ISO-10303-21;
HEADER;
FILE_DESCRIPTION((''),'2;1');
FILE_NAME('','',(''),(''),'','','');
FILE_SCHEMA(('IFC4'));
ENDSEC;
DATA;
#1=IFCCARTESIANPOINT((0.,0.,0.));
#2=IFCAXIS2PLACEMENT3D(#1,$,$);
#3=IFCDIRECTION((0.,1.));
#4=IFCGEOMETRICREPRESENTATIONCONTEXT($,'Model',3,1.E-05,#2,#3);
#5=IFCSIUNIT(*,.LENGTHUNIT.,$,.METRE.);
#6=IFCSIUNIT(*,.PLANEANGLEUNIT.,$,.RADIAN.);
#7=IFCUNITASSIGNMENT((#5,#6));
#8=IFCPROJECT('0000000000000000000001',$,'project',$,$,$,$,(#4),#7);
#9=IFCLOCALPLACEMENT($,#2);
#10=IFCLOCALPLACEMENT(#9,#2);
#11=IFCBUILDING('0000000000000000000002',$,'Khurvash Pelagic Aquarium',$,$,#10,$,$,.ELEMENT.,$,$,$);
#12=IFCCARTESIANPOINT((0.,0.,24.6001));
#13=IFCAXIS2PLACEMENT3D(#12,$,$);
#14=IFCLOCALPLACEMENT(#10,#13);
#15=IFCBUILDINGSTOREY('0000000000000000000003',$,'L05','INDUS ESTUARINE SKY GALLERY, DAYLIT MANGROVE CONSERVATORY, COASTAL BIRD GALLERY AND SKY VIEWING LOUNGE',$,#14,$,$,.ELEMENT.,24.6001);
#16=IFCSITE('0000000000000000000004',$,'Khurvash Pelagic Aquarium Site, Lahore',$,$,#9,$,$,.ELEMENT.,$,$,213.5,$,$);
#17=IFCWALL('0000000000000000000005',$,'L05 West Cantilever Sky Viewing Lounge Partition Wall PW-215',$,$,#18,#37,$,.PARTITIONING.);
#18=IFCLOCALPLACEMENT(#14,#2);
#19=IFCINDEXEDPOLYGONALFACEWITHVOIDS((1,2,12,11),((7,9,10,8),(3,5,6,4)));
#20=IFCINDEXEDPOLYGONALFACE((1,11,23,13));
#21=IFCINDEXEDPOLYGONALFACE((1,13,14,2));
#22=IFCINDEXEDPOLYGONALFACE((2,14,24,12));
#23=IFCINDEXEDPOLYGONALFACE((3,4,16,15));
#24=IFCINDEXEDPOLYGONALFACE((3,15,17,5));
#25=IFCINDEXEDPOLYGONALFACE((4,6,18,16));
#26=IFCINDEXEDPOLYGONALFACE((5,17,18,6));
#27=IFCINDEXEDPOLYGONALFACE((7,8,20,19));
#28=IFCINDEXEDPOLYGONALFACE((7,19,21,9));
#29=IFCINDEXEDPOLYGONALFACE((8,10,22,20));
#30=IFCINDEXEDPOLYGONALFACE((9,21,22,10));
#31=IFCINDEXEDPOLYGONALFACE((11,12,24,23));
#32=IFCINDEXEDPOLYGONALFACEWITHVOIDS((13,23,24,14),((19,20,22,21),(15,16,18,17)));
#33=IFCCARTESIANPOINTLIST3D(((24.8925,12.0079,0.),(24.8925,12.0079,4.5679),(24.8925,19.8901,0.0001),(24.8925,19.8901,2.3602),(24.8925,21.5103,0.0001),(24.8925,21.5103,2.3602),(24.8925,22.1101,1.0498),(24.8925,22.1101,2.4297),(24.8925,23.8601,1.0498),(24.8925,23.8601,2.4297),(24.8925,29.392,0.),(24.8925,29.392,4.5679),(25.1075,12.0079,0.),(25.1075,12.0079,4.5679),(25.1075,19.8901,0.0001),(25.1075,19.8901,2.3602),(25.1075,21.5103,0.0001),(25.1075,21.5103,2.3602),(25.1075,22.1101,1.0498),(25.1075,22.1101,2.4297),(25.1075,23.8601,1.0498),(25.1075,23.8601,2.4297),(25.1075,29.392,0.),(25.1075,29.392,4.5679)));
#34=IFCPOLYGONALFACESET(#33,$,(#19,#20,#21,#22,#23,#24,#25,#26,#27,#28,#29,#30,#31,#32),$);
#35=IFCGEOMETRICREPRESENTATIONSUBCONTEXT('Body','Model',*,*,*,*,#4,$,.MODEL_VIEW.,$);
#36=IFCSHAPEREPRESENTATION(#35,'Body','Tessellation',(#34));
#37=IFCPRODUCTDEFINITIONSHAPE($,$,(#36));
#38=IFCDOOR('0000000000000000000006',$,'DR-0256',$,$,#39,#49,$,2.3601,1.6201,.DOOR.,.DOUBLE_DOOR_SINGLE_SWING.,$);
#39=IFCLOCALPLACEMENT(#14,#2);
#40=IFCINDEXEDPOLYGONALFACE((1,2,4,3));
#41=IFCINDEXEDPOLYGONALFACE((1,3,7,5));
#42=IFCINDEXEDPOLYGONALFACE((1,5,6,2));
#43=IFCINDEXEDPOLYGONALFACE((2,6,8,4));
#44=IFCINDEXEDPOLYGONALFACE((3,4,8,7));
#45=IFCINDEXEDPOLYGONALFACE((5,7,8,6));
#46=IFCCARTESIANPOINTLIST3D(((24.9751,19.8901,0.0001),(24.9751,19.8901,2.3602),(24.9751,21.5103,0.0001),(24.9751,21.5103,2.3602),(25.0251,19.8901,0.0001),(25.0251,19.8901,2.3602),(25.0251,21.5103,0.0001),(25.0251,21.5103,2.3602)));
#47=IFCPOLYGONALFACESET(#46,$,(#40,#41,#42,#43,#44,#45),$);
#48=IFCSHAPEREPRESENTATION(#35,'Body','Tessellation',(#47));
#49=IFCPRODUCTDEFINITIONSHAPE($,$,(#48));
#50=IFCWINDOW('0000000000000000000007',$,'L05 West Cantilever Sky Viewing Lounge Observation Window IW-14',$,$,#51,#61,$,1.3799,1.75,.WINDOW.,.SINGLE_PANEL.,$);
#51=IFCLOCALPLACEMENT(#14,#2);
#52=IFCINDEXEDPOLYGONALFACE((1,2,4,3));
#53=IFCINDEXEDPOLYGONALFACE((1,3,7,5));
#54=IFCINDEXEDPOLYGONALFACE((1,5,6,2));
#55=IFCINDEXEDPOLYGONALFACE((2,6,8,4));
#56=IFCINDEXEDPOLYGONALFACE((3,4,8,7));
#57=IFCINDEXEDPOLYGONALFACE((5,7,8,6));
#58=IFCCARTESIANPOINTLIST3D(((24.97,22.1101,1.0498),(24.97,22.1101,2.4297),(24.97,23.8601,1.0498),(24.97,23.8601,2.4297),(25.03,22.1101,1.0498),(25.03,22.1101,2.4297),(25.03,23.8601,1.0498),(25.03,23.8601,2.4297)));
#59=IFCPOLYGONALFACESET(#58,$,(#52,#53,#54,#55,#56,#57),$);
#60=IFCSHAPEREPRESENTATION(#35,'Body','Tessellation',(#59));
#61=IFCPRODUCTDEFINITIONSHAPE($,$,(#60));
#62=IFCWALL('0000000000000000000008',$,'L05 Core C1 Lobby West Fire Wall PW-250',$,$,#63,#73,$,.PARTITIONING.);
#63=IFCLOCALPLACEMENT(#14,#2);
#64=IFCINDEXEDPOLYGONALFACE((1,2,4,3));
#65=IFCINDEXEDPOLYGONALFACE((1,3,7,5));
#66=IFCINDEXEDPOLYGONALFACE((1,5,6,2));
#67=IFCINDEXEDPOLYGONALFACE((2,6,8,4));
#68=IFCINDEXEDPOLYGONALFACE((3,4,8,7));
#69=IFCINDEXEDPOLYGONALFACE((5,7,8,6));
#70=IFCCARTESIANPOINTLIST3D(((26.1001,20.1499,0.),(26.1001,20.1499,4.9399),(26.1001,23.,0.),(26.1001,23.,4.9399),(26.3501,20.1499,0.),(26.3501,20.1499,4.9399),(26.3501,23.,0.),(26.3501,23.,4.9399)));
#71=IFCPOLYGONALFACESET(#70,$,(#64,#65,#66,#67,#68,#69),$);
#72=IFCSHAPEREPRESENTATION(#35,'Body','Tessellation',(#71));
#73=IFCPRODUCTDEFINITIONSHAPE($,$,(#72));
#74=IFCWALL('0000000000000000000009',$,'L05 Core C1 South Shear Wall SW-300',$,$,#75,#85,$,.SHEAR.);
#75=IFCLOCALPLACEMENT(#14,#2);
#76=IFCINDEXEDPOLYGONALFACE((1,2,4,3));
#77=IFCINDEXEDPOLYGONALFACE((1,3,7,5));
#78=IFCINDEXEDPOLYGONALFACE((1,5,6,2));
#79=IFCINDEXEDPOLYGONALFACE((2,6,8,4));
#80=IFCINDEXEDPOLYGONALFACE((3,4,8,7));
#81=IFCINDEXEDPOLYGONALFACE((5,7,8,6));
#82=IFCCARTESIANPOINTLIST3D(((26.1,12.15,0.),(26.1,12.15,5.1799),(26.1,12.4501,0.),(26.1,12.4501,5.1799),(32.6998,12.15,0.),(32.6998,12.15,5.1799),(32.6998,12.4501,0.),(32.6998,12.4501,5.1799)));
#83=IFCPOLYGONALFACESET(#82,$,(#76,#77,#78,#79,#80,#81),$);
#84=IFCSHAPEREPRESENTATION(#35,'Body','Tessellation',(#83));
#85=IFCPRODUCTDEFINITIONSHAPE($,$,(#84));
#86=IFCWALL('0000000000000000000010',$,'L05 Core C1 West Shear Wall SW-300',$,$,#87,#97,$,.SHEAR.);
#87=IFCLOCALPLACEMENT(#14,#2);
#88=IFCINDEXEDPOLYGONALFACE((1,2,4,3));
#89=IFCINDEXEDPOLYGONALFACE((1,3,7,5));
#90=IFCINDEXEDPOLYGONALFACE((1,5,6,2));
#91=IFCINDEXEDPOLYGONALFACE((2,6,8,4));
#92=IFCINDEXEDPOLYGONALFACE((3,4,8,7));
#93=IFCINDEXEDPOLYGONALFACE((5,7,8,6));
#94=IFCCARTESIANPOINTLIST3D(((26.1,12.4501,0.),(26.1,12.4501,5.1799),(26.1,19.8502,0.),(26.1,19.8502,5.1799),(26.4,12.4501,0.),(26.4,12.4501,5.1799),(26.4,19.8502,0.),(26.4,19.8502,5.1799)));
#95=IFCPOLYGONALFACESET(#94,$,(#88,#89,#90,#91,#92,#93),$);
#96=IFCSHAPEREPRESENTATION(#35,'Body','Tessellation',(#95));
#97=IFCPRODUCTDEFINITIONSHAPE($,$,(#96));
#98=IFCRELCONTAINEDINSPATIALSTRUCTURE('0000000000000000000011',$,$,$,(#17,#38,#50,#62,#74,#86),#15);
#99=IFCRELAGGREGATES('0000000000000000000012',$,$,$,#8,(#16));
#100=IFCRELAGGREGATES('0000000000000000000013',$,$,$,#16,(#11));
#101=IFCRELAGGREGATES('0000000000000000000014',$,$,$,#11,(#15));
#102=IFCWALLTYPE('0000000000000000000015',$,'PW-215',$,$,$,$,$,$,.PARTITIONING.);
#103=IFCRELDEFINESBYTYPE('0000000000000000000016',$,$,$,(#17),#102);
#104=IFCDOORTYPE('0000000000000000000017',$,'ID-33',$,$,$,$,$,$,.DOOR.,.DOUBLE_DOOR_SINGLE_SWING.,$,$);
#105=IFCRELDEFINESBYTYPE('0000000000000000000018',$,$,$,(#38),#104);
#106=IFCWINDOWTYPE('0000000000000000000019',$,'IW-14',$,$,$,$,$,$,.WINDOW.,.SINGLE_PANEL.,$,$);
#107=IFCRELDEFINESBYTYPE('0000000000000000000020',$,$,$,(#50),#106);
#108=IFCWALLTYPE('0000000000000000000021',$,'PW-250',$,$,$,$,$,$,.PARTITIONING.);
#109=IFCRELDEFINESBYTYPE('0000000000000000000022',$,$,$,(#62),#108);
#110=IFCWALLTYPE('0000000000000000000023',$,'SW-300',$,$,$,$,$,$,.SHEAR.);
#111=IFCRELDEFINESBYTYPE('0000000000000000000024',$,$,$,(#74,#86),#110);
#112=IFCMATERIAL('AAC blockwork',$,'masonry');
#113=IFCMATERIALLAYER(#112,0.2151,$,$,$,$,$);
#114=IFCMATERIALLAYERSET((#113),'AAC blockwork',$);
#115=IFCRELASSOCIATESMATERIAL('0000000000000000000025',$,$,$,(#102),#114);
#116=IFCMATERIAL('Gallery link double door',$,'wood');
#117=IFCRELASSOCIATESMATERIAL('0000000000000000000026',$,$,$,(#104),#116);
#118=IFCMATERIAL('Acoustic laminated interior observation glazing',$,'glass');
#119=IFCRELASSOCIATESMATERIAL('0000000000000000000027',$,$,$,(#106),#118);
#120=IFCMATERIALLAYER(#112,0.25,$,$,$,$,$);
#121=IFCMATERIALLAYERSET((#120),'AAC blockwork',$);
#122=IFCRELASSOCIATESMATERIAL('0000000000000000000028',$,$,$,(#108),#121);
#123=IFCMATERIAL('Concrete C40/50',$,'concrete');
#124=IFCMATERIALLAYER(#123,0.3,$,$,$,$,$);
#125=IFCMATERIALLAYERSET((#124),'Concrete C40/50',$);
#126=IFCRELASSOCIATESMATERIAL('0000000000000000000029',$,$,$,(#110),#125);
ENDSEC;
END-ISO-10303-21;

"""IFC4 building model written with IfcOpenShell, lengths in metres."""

from ifc_helpers import new_model, si_unit, direction, frame, frame_2d, origin, place, context, subcontext, project, spatial, rectangle, extrude, material, layer, layer_set, type_object, element, fill, save


model = new_model("IFC4")

# Units and contexts
model_context = context("Model", 3, precision=1e-05, world=origin(), true_north=direction((0.0, 1.0)))
body_context = subcontext(model_context, "Body", "Model", "MODEL_VIEW")
ifc_project = project(units=[si_unit("LENGTHUNIT", "METRE"), si_unit("PLANEANGLEUNIT", "RADIAN")], contexts=[model_context])

# Site, building, storey
site_placement = place(None, origin())
site = spatial("IfcSite", under=ifc_project, at=site_placement, Name="Khurvash Pelagic Aquarium Site, Lahore", CompositionType="ELEMENT", RefElevation=213.5)
building_placement = place(site_placement, origin())
building = spatial("IfcBuilding", under=site, at=building_placement, Name="Khurvash Pelagic Aquarium", CompositionType="ELEMENT")
storey_placement = place(building_placement, frame((0.0, 0.0, 24.6001)))
storey = spatial("IfcBuildingStorey", under=building, at=storey_placement, Name="L05", Description="INDUS ESTUARINE SKY GALLERY, DAYLIT MANGROVE CONSERVATORY, COASTAL BIRD GALLERY AND SKY VIEWING LOUNGE", CompositionType="ELEMENT", Elevation=24.6001)

# Wall, openings, door, window
ifc_material_1 = material(Name="AAC blockwork", Category="masonry")
ifc_layer_1 = layer(ifc_material_1, 0.2151)
ifc_layer_set_1 = layer_set([ifc_layer_1], Name="AAC blockwork")
wall_type_1 = type_object("IfcWallType", Name="PW-215", PredefinedType="PARTITIONING", material=ifc_layer_set_1)
wall_1_placement = place(storey_placement, frame((25.0, 12.0081, 0.0), z_axis=(0.0, 0.0, 1.0), x_axis=(0.0, 1.0, 0.0)))
wall_1 = element("IfcWall", 1, at=wall_1_placement, inside=storey, type_object=wall_type_1, Name="L05 West Cantilever Sky Viewing Lounge Partition Wall PW-215", PredefinedType="PARTITIONING", context=body_context, shape_type="SweptSolid", body=[
    extrude(rectangle(XDim=17.384, YDim=0.2151, at=frame_2d((8.6919, 0.0))), origin(), (0.0, 0.0, 1.0), 4.5679),
])
opening_1_placement = place(wall_1_placement, frame((7.8821, 0.0, 0.0)))
opening_1 = element("IfcOpeningElement", 2, at=opening_1_placement, cuts=wall_1, PredefinedType="OPENING", context=body_context, shape_type="SweptSolid", body=[
    extrude(rectangle(XDim=1.6201, YDim=2.3601, at=frame_2d((0.8101, 1.1802))), frame((0.0, 0.1177, 0.0), z_axis=(0.0, -1.0, 0.0), x_axis=(1.0, 0.0, 0.0)), (0.0, 0.0, 1.0), 0.2351),
])
opening_2_placement = place(wall_1_placement, frame((10.1021, 0.0, 1.0498)))
opening_2 = element("IfcOpeningElement", 3, at=opening_2_placement, cuts=wall_1, PredefinedType="OPENING", context=body_context, shape_type="SweptSolid", body=[
    extrude(rectangle(XDim=1.75, YDim=1.3799, at=frame_2d((0.875, 0.6899))), frame((0.0, 0.1177, 0.0), z_axis=(0.0, -1.0, 0.0), x_axis=(1.0, 0.0, 0.0)), (0.0, 0.0, 1.0), 0.2351),
])
ifc_material_2 = material(Name="Gallery link double door", Category="wood")
door_type_1 = type_object("IfcDoorType", Name="ID-33", OperationType="DOUBLE_DOOR_SINGLE_SWING", PredefinedType="DOOR", material=ifc_material_2)
door_1_placement = place(opening_1_placement, origin())
door_1 = element("IfcDoor", 4, at=door_1_placement, inside=storey, type_object=door_type_1, Name="DR-0256", OperationType="DOUBLE_DOOR_SINGLE_SWING", OverallHeight=2.3601, OverallWidth=1.6201, PredefinedType="DOOR", context=body_context, shape_type="SweptSolid", body=[
    extrude(rectangle(XDim=1.6201, YDim=2.3601, at=frame_2d((0.8101, 1.1802))), frame((0.0, 0.0249, 0.0), z_axis=(0.0, -1.0, 0.0), x_axis=(1.0, 0.0, 0.0)), (0.0, 0.0, 1.0), 0.05),
])
fill(opening_1, door_1)
ifc_material_3 = material(Name="Acoustic laminated interior observation glazing", Category="glass")
window_type = type_object("IfcWindowType", Name="IW-14", PartitioningType="SINGLE_PANEL", PredefinedType="WINDOW", material=ifc_material_3)
window_placement = place(opening_2_placement, origin())
window = element("IfcWindow", 5, at=window_placement, inside=storey, type_object=window_type, Name="L05 West Cantilever Sky Viewing Lounge Observation Window IW-14", OverallHeight=1.3799, OverallWidth=1.75, PartitioningType="SINGLE_PANEL", PredefinedType="WINDOW", context=body_context, shape_type="SweptSolid", body=[
    extrude(rectangle(XDim=1.75, YDim=1.3799, at=frame_2d((0.875, 0.6899))), frame((0.0, 0.03, 0.0), z_axis=(0.0, -1.0, 0.0), x_axis=(1.0, 0.0, 0.0)), (0.0, 0.0, 1.0), 0.0601),
])
fill(opening_2, window)

# Walls
ifc_layer_2 = layer(ifc_material_1, 0.25)
ifc_layer_set_2 = layer_set([ifc_layer_2], Name="AAC blockwork")
wall_type_2 = type_object("IfcWallType", Name="PW-250", PredefinedType="PARTITIONING", material=ifc_layer_set_2)
wall_2_placement = place(storey_placement, frame((26.2251, 20.1499, 0.0), z_axis=(0.0, 0.0, 1.0), x_axis=(0.0, 1.0, 0.0)))
element("IfcWall", 6, at=wall_2_placement, inside=storey, type_object=wall_type_2, Name="L05 Core C1 Lobby West Fire Wall PW-250", PredefinedType="PARTITIONING", context=body_context, shape_type="SweptSolid", body=[
    extrude(rectangle(XDim=2.8501, YDim=0.25, at=frame_2d((1.425, 0.0))), origin(), (0.0, 0.0, 1.0), 4.9399),
])
ifc_material_4 = material(Name="Concrete C40/50", Category="concrete")
ifc_layer_3 = layer(ifc_material_4, 0.3)
ifc_layer_set_3 = layer_set([ifc_layer_3], Name="Concrete C40/50")
wall_type_3 = type_object("IfcWallType", Name="SW-300", PredefinedType="SHEAR", material=ifc_layer_set_3)
wall_3_placement = place(storey_placement, frame((26.1001, 12.3, 0.0), z_axis=(0.0, 0.0, 1.0), x_axis=(1.0, 0.0, 0.0)))
element("IfcWall", 7, at=wall_3_placement, inside=storey, type_object=wall_type_3, Name="L05 Core C1 South Shear Wall SW-300", PredefinedType="SHEAR", context=body_context, shape_type="SweptSolid", body=[
    extrude(rectangle(XDim=6.5999, YDim=0.3, at=frame_2d((3.2998, 0.0))), origin(), (0.0, 0.0, 1.0), 5.1799),
])

# Wall
wall_4_placement = place(storey_placement, frame((26.25, 12.45, 0.0), z_axis=(0.0, 0.0, 1.0), x_axis=(0.0, 1.0, 0.0)))
element("IfcWall", 8, at=wall_4_placement, inside=storey, type_object=wall_type_3, Name="L05 Core C1 West Shear Wall SW-300", PredefinedType="SHEAR", context=body_context, shape_type="SweptSolid", body=[
    extrude(rectangle(XDim=7.4001, YDim=0.3, at=frame_2d((3.7002, 0.0))), origin(), (0.0, 0.0, 1.0), 5.1799),
])

save(model, "model.ifc")
